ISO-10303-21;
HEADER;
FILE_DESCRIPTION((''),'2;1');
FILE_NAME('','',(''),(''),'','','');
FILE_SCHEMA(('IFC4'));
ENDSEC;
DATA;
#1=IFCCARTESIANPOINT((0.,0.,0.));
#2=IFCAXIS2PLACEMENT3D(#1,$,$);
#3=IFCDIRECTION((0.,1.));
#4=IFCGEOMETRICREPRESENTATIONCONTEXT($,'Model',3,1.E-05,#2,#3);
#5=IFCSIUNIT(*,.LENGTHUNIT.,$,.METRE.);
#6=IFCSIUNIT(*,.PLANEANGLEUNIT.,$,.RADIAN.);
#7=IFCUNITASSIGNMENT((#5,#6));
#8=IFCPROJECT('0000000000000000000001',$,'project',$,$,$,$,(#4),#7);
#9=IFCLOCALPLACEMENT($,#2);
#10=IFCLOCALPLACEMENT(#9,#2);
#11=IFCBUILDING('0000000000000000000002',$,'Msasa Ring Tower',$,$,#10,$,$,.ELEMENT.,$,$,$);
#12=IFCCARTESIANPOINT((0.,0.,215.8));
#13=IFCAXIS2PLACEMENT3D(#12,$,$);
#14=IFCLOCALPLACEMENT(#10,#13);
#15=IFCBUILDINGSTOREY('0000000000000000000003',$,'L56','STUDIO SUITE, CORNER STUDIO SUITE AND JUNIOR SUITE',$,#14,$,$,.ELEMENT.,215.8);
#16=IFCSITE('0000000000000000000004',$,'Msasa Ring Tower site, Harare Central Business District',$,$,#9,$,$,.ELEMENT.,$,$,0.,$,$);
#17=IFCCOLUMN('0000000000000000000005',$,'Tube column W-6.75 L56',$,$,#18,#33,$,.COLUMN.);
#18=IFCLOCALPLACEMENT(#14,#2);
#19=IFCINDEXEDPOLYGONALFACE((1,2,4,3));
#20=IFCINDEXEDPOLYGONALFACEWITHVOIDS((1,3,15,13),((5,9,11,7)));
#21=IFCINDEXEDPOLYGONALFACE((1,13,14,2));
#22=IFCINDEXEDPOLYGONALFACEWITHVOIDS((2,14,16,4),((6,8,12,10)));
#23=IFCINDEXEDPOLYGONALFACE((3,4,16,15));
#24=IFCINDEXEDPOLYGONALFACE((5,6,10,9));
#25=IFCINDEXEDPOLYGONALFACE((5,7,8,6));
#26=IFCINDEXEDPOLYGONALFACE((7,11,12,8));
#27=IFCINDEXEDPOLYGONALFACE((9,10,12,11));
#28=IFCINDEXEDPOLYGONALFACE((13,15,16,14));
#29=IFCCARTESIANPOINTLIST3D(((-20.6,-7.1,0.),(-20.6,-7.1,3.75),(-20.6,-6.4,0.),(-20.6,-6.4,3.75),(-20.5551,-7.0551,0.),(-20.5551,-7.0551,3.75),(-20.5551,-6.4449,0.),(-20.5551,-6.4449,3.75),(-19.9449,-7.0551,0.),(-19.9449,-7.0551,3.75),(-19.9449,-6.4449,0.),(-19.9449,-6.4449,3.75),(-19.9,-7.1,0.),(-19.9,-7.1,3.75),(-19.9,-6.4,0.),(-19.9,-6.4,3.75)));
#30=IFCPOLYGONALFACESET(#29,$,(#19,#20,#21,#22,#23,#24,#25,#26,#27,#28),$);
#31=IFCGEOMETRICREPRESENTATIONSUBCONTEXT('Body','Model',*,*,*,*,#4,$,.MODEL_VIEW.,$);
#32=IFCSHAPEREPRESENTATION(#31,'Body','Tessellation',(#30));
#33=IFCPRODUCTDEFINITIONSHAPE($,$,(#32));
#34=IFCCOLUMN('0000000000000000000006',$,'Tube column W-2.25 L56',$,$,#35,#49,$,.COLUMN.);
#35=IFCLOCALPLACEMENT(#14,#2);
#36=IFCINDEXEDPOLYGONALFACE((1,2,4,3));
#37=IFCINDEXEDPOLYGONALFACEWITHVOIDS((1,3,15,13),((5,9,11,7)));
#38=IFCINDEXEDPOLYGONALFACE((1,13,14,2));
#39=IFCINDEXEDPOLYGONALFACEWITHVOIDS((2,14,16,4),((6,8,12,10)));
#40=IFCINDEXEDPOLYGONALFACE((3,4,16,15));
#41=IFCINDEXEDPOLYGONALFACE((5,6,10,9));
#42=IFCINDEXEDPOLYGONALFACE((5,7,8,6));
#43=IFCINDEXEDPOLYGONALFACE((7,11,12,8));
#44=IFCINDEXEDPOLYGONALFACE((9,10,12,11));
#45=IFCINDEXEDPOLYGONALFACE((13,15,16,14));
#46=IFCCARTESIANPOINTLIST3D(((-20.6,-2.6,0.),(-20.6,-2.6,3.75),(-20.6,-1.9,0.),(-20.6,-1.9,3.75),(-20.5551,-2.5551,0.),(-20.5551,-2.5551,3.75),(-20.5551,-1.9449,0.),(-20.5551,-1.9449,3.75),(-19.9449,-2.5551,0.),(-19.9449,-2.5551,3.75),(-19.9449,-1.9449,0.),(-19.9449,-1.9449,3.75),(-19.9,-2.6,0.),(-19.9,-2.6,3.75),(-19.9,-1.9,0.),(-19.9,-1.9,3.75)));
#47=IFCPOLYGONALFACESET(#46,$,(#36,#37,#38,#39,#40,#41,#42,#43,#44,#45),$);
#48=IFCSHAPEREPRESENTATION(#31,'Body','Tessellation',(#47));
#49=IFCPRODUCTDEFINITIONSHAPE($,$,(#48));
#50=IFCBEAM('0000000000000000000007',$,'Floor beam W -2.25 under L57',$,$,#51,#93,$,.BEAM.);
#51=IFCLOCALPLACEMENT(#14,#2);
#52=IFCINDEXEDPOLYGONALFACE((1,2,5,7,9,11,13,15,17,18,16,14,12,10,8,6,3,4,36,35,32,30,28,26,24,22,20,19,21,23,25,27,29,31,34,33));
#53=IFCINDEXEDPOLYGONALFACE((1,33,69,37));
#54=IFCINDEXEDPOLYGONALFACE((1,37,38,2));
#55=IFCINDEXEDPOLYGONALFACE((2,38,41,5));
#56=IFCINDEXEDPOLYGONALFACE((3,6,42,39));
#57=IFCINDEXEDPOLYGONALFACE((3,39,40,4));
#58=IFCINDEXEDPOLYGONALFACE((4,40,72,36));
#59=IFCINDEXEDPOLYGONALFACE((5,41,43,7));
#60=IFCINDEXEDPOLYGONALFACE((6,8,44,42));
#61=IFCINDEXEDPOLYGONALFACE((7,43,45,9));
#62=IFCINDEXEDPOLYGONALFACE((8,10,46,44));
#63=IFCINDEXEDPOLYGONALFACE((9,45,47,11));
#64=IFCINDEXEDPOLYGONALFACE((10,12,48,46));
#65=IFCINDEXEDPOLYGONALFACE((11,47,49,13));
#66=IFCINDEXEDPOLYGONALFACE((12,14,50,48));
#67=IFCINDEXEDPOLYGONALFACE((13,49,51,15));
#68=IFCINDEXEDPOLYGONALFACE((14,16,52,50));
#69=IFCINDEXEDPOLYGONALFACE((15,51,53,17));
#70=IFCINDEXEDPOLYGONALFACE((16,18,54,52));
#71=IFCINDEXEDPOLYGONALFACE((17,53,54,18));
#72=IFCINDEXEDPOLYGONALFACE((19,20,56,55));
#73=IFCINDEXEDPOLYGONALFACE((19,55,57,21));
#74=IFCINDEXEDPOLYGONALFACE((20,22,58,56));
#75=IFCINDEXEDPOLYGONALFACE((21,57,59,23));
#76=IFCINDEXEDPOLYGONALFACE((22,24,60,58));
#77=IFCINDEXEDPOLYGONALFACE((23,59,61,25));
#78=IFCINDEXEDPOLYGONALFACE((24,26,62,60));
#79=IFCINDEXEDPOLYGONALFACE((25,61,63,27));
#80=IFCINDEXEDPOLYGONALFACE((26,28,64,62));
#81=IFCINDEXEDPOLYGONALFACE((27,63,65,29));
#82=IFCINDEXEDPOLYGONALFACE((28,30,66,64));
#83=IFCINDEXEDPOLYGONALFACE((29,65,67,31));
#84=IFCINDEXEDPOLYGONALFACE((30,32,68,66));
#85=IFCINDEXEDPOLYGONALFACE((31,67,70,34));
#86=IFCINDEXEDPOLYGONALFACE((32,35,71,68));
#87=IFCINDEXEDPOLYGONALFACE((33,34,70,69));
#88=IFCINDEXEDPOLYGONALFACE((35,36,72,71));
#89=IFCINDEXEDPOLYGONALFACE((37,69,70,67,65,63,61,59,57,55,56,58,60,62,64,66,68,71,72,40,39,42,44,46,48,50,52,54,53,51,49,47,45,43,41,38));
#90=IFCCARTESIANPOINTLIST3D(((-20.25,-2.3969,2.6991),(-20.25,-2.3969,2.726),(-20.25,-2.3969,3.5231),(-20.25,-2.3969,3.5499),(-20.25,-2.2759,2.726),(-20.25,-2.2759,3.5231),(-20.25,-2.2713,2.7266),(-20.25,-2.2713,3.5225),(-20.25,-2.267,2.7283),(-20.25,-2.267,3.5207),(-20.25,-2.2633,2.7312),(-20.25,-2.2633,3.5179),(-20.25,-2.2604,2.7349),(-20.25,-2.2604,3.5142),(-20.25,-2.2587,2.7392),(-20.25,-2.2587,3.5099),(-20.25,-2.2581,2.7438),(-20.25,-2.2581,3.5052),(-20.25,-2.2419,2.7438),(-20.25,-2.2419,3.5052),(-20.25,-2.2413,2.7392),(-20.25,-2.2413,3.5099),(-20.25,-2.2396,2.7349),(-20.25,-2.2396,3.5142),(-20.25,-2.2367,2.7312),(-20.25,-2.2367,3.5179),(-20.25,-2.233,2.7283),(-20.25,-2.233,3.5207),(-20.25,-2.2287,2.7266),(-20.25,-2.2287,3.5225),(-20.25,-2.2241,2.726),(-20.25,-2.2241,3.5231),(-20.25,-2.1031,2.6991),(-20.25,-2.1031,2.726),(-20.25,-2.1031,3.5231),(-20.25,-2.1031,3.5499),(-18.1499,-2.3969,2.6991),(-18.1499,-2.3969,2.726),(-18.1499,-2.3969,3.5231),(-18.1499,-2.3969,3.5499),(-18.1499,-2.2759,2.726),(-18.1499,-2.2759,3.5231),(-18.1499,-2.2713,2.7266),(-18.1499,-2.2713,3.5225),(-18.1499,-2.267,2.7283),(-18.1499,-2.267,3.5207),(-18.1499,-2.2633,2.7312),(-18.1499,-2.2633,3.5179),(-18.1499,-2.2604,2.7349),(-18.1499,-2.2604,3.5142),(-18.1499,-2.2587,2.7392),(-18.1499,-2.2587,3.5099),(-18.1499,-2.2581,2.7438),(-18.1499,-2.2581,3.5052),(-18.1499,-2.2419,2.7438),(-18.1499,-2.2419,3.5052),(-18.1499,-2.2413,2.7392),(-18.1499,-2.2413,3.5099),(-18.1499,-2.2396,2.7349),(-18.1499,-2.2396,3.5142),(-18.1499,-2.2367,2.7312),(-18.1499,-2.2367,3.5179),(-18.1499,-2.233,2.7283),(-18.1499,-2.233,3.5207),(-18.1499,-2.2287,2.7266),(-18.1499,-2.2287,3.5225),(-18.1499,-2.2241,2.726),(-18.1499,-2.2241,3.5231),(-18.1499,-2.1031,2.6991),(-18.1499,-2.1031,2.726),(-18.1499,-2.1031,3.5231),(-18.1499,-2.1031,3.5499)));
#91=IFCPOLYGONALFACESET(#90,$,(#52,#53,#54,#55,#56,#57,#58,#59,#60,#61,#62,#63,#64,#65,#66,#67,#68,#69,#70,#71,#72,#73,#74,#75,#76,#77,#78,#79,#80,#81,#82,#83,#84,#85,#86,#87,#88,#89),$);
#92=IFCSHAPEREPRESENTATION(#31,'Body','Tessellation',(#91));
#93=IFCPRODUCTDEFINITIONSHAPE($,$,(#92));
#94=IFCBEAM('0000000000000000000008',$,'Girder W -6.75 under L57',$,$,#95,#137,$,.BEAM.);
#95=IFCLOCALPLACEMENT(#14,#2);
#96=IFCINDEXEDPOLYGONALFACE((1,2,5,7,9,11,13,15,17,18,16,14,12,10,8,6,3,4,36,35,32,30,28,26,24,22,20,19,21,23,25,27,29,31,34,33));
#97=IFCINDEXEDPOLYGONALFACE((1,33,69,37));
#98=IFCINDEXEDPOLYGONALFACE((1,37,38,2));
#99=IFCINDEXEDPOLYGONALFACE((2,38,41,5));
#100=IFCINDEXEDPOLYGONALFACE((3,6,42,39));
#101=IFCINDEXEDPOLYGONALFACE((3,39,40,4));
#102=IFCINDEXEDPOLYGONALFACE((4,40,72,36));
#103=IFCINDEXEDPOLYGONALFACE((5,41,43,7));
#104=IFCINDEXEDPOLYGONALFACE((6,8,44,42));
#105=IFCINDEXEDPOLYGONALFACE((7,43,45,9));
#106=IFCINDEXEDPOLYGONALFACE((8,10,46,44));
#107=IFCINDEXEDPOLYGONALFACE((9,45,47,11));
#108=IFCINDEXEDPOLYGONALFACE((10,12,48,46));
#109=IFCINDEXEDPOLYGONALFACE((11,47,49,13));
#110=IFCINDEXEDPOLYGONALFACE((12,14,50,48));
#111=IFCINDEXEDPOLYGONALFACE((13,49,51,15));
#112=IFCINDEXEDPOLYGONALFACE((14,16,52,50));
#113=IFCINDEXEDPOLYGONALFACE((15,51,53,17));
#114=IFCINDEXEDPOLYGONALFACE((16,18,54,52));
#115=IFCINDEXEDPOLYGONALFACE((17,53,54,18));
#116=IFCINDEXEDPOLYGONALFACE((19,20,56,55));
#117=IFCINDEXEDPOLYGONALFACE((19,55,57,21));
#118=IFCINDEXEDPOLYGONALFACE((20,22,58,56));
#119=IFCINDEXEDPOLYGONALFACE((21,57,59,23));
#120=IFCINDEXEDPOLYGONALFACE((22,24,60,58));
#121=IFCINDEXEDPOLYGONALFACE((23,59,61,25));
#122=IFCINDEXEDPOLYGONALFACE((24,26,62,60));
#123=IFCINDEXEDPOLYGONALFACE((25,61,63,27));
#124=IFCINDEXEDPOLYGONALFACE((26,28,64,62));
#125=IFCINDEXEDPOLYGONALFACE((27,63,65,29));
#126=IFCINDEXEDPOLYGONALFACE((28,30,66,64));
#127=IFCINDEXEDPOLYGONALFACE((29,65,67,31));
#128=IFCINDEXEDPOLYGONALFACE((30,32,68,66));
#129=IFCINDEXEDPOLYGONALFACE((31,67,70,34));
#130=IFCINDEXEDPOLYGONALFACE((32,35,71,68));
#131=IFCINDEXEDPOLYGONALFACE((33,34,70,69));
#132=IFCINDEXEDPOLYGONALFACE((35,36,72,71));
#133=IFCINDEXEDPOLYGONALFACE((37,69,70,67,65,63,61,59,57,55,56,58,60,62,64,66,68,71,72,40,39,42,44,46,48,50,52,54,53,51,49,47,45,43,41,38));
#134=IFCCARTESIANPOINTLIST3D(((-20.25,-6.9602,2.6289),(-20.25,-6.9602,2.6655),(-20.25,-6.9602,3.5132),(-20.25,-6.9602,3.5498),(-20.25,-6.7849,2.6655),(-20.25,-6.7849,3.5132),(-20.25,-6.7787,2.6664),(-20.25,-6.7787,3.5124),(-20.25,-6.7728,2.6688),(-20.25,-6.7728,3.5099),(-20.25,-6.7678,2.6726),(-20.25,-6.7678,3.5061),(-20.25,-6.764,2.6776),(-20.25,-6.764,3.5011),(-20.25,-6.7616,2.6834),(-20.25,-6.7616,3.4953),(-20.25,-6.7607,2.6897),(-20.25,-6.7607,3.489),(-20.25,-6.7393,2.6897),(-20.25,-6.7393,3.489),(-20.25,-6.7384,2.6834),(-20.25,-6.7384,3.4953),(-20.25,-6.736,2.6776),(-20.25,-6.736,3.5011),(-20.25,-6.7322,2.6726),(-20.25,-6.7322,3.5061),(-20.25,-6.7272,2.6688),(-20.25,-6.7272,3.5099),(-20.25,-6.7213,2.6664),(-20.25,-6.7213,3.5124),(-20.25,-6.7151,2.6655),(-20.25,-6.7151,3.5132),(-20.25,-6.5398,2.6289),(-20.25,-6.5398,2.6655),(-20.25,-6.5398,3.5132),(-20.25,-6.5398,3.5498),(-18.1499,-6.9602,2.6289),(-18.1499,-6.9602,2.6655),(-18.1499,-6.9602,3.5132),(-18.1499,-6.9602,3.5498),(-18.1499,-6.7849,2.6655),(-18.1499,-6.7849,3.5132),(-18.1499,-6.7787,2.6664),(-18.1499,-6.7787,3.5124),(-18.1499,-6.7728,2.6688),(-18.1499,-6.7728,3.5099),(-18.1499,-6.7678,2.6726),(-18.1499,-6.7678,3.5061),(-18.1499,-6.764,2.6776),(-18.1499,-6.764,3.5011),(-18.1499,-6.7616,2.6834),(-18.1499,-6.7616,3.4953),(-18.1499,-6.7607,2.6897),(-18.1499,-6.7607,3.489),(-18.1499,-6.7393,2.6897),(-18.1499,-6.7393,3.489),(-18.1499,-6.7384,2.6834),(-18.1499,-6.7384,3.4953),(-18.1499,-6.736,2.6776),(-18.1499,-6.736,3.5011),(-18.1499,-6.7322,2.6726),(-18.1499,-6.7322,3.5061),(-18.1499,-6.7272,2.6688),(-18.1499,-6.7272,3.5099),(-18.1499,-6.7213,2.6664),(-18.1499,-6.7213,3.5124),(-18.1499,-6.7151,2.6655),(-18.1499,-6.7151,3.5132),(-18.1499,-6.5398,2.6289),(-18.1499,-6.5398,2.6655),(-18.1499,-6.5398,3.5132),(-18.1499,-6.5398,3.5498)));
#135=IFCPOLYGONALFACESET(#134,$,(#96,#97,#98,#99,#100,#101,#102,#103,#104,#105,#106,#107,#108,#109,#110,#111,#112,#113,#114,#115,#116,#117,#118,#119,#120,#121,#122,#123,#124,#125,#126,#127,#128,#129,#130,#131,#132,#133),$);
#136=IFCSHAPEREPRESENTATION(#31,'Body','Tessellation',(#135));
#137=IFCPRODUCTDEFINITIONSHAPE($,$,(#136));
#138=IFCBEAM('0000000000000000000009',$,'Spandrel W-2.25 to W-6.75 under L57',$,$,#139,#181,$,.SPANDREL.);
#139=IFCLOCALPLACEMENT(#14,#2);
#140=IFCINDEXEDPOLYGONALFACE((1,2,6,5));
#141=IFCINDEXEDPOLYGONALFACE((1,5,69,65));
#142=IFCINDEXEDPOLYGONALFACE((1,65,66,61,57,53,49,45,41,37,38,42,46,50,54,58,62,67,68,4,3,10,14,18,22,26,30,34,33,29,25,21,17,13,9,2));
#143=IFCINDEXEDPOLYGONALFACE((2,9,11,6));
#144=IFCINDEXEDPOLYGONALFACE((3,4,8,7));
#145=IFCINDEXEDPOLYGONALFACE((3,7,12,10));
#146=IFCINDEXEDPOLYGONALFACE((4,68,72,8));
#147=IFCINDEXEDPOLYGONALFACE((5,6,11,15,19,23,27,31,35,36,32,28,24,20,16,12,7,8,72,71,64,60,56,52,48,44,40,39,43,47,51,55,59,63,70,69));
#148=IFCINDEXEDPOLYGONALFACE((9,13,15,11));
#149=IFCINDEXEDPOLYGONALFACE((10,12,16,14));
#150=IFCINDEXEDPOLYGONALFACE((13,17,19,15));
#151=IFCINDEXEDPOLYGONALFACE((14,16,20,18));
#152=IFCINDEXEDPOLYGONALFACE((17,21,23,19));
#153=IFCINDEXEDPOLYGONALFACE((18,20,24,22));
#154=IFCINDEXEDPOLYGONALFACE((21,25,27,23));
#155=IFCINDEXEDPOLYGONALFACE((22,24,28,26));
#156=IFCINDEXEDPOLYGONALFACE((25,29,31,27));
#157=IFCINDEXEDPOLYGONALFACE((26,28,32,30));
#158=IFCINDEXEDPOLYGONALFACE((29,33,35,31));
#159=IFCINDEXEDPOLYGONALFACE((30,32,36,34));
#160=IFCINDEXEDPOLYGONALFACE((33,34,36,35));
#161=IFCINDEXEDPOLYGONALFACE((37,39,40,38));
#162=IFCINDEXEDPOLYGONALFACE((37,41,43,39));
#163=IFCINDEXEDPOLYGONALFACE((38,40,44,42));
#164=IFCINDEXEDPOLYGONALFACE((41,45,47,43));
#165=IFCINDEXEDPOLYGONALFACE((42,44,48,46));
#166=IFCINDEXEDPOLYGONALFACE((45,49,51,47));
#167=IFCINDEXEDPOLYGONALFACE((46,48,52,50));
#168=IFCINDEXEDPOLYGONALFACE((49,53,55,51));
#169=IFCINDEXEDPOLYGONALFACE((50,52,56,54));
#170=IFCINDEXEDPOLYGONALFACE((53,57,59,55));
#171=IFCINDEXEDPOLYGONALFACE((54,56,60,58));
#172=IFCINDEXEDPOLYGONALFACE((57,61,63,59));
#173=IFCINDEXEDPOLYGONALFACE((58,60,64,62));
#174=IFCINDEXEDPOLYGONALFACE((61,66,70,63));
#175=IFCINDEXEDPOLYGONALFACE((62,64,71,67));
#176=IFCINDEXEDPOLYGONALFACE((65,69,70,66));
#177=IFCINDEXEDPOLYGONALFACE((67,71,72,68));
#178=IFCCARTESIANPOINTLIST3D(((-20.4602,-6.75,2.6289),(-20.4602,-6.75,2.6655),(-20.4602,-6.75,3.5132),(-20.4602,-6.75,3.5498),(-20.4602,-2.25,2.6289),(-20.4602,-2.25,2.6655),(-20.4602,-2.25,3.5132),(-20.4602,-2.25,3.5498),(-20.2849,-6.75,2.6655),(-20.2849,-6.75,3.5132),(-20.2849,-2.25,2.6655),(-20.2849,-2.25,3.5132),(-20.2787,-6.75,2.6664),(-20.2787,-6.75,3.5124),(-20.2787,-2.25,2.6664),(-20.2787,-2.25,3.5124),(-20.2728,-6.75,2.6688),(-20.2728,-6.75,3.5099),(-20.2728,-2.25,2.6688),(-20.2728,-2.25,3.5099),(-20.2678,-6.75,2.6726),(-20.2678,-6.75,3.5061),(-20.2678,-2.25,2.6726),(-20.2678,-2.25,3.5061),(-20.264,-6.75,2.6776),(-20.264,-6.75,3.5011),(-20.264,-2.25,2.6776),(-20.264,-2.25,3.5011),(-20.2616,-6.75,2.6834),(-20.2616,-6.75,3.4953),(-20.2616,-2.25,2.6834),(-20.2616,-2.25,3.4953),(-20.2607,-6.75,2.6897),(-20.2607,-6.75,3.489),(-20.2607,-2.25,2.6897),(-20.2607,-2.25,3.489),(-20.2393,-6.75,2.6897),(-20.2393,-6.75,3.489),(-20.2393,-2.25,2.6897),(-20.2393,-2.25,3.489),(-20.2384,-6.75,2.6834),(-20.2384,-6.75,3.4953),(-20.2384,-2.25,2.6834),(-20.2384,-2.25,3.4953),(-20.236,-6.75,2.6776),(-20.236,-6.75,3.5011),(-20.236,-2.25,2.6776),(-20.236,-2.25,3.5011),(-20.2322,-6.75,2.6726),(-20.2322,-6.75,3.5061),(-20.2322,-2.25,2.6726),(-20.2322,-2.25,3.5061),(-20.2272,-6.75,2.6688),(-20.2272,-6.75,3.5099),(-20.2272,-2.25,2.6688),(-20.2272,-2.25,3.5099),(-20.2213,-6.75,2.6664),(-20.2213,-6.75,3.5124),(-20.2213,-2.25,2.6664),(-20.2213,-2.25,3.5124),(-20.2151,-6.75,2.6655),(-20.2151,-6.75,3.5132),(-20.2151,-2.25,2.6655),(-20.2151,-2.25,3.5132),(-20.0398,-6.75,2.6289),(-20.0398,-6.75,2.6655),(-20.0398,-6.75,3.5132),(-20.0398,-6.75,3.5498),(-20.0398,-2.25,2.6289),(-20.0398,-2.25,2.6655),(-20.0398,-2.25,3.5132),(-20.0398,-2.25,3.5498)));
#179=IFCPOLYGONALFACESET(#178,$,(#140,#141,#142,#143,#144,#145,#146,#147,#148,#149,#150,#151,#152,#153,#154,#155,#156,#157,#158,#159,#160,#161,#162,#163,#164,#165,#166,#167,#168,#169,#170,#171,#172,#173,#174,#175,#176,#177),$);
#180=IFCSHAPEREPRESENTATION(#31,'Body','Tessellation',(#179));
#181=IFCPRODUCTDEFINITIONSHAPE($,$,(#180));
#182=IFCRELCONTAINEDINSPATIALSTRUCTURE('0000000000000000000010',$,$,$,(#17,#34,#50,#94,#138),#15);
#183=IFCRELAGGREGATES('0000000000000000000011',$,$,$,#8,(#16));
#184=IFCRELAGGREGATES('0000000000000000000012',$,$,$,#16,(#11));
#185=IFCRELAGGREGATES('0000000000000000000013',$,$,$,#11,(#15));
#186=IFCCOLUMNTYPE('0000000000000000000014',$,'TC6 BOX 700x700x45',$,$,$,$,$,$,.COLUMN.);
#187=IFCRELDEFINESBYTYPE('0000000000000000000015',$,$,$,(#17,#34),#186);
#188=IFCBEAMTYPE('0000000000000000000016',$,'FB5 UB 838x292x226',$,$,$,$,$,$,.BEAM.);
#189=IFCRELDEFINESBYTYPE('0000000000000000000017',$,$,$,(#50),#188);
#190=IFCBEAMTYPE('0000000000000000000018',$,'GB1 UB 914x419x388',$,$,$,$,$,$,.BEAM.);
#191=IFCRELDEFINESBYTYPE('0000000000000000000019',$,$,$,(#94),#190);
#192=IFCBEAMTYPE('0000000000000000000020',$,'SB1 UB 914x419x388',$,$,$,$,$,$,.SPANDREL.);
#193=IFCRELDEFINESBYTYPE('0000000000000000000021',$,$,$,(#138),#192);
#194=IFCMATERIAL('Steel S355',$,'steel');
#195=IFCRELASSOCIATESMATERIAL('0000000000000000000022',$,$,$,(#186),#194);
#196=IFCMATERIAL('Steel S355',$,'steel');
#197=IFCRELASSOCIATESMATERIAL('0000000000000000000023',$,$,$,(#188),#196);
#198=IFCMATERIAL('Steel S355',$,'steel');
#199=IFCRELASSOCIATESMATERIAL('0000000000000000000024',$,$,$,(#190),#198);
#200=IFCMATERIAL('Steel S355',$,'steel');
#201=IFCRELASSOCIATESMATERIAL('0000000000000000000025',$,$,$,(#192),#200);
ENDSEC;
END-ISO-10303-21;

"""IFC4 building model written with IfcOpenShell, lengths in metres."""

from ifc_helpers import new_model, si_unit, direction, frame, origin, origin_2d, place, context, subcontext, project, spatial, hollow_rectangle, i_section, extrude, material, material_profile, profile_set, type_object, element, save


model = new_model("IFC4")

# Units and contexts
model_context = context("Model", 3, precision=1e-05, world=origin(), true_north=direction((0.0, 1.0)))
body_context = subcontext(model_context, "Body", "Model", "MODEL_VIEW")
ifc_project = project(units=[si_unit("LENGTHUNIT", "METRE"), si_unit("PLANEANGLEUNIT", "RADIAN")], contexts=[model_context])

# Site, building, storey
site_placement = place(None, origin())
site = spatial("IfcSite", under=ifc_project, at=site_placement, Name="Msasa Ring Tower site, Harare Central Business District", CompositionType="ELEMENT", RefElevation=0.0)
building_placement = place(site_placement, origin())
building = spatial("IfcBuilding", under=site, at=building_placement, Name="Msasa Ring Tower", CompositionType="ELEMENT")
storey_placement = place(building_placement, frame((0.0, 0.0, 215.8)))
storey = spatial("IfcBuildingStorey", under=building, at=storey_placement, Name="L56", Description="STUDIO SUITE, CORNER STUDIO SUITE AND JUNIOR SUITE", CompositionType="ELEMENT", Elevation=215.8)

# Columns
ifc_material_1 = material(Name="Steel S355", Category="steel")
ifc_material_profile_1 = material_profile(ifc_material_1, hollow_rectangle(XDim=0.7, YDim=0.7, WallThickness=0.0449, at=origin_2d()), Name="BOX 700x700x45")
ifc_profile_set_1 = profile_set([ifc_material_profile_1], Name="Steel S355")
column_type = type_object("IfcColumnType", Name="TC6 BOX 700x700x45", PredefinedType="COLUMN", material=ifc_profile_set_1)
for number, where, z_axis, x_axis, name in (
    (1, (-20.25, -6.75, 0.0), (0.0, 0.0, 1.0), (1.0, 0.0, 0.0), "Tube column W-6.75 L56"),
    (2, (-20.25, -2.25, 0.0), (0.0, 0.0, 1.0), (1.0, 0.0, 0.0), "Tube column W-2.25 L56"),
):
    element("IfcColumn", number, at=place(storey_placement, frame(where, z_axis=z_axis, x_axis=x_axis)), inside=storey, type_object=column_type, Name=name, PredefinedType="COLUMN", context=body_context, shape_type="SweptSolid", body=[
        extrude(hollow_rectangle(XDim=0.7, YDim=0.7, WallThickness=0.0449, at=origin_2d()), origin(), (0.0, 0.0, 1.0), 3.75),
    ])

# Beams
ifc_material_2 = material(Name="Steel S355", Category="steel")
ifc_material_profile_2 = material_profile(ifc_material_2, i_section(OverallWidth=0.2937, OverallDepth=0.8508, WebThickness=0.0161, FlangeThickness=0.0269, FilletRadius=0.0178, at=origin_2d()), Name="UB 838x292x226")
ifc_profile_set_2 = profile_set([ifc_material_profile_2], Name="Steel S355")
beam_type_1 = type_object("IfcBeamType", Name="FB5 UB 838x292x226", PredefinedType="BEAM", material=ifc_profile_set_2)
beam_1_placement = place(storey_placement, frame((-20.25, -2.25, 3.1245), z_axis=(1.0, 0.0, 0.0), x_axis=(0.0, 1.0, 0.0)))
element("IfcBeam", 3, at=beam_1_placement, inside=storey, type_object=beam_type_1, Name="Floor beam W -2.25 under L57", PredefinedType="BEAM", context=body_context, shape_type="SweptSolid", body=[
    extrude(i_section(OverallWidth=0.2937, OverallDepth=0.8508, WebThickness=0.0161, FlangeThickness=0.0269, FilletRadius=0.0178, at=origin_2d()), origin(), (0.0, 0.0, 1.0), 2.1001),
])
ifc_material_3 = material(Name="Steel S355", Category="steel")
ifc_material_profile_3 = material_profile(ifc_material_3, i_section(OverallWidth=0.4204, OverallDepth=0.9209, WebThickness=0.0215, FlangeThickness=0.0366, FilletRadius=0.0242, at=origin_2d()), Name="UB 914x419x388")
ifc_profile_set_3 = profile_set([ifc_material_profile_3], Name="Steel S355")
beam_type_2 = type_object("IfcBeamType", Name="GB1 UB 914x419x388", PredefinedType="BEAM", material=ifc_profile_set_3)
beam_2_placement = place(storey_placement, frame((-18.1499, -6.75, 3.0894), z_axis=(-1.0, 0.0, 0.0), x_axis=(0.0, -1.0, 0.0)))
element("IfcBeam", 4, at=beam_2_placement, inside=storey, type_object=beam_type_2, Name="Girder W -6.75 under L57", PredefinedType="BEAM", context=body_context, shape_type="SweptSolid", body=[
    extrude(i_section(OverallWidth=0.4204, OverallDepth=0.9209, WebThickness=0.0215, FlangeThickness=0.0366, FilletRadius=0.0242, at=origin_2d()), origin(), (0.0, 0.0, 1.0), 2.1001),
])
ifc_material_4 = material(Name="Steel S355", Category="steel")
ifc_material_profile_4 = material_profile(ifc_material_4, i_section(OverallWidth=0.4204, OverallDepth=0.9209, WebThickness=0.0215, FlangeThickness=0.0366, FilletRadius=0.0242, at=origin_2d()), Name="UB 914x419x388")
ifc_profile_set_4 = profile_set([ifc_material_profile_4], Name="Steel S355")
beam_type_3 = type_object("IfcBeamType", Name="SB1 UB 914x419x388", PredefinedType="SPANDREL", material=ifc_profile_set_4)
for number, where, z_axis, x_axis, name in (
    (5, (-20.25, -2.25, 3.0894), (0.0, -1.0, 0.0), (1.0, 0.0, 0.0), "Spandrel W-2.25 to W-6.75 under L57"),
):
    element("IfcBeam", number, at=place(storey_placement, frame(where, z_axis=z_axis, x_axis=x_axis)), inside=storey, type_object=beam_type_3, Name=name, PredefinedType="SPANDREL", context=body_context, shape_type="SweptSolid", body=[
        extrude(i_section(OverallWidth=0.4204, OverallDepth=0.9209, WebThickness=0.0215, FlangeThickness=0.0366, FilletRadius=0.0242, at=origin_2d()), origin(), (0.0, 0.0, 1.0), 4.5),
    ])

save(model, "model.ifc")
